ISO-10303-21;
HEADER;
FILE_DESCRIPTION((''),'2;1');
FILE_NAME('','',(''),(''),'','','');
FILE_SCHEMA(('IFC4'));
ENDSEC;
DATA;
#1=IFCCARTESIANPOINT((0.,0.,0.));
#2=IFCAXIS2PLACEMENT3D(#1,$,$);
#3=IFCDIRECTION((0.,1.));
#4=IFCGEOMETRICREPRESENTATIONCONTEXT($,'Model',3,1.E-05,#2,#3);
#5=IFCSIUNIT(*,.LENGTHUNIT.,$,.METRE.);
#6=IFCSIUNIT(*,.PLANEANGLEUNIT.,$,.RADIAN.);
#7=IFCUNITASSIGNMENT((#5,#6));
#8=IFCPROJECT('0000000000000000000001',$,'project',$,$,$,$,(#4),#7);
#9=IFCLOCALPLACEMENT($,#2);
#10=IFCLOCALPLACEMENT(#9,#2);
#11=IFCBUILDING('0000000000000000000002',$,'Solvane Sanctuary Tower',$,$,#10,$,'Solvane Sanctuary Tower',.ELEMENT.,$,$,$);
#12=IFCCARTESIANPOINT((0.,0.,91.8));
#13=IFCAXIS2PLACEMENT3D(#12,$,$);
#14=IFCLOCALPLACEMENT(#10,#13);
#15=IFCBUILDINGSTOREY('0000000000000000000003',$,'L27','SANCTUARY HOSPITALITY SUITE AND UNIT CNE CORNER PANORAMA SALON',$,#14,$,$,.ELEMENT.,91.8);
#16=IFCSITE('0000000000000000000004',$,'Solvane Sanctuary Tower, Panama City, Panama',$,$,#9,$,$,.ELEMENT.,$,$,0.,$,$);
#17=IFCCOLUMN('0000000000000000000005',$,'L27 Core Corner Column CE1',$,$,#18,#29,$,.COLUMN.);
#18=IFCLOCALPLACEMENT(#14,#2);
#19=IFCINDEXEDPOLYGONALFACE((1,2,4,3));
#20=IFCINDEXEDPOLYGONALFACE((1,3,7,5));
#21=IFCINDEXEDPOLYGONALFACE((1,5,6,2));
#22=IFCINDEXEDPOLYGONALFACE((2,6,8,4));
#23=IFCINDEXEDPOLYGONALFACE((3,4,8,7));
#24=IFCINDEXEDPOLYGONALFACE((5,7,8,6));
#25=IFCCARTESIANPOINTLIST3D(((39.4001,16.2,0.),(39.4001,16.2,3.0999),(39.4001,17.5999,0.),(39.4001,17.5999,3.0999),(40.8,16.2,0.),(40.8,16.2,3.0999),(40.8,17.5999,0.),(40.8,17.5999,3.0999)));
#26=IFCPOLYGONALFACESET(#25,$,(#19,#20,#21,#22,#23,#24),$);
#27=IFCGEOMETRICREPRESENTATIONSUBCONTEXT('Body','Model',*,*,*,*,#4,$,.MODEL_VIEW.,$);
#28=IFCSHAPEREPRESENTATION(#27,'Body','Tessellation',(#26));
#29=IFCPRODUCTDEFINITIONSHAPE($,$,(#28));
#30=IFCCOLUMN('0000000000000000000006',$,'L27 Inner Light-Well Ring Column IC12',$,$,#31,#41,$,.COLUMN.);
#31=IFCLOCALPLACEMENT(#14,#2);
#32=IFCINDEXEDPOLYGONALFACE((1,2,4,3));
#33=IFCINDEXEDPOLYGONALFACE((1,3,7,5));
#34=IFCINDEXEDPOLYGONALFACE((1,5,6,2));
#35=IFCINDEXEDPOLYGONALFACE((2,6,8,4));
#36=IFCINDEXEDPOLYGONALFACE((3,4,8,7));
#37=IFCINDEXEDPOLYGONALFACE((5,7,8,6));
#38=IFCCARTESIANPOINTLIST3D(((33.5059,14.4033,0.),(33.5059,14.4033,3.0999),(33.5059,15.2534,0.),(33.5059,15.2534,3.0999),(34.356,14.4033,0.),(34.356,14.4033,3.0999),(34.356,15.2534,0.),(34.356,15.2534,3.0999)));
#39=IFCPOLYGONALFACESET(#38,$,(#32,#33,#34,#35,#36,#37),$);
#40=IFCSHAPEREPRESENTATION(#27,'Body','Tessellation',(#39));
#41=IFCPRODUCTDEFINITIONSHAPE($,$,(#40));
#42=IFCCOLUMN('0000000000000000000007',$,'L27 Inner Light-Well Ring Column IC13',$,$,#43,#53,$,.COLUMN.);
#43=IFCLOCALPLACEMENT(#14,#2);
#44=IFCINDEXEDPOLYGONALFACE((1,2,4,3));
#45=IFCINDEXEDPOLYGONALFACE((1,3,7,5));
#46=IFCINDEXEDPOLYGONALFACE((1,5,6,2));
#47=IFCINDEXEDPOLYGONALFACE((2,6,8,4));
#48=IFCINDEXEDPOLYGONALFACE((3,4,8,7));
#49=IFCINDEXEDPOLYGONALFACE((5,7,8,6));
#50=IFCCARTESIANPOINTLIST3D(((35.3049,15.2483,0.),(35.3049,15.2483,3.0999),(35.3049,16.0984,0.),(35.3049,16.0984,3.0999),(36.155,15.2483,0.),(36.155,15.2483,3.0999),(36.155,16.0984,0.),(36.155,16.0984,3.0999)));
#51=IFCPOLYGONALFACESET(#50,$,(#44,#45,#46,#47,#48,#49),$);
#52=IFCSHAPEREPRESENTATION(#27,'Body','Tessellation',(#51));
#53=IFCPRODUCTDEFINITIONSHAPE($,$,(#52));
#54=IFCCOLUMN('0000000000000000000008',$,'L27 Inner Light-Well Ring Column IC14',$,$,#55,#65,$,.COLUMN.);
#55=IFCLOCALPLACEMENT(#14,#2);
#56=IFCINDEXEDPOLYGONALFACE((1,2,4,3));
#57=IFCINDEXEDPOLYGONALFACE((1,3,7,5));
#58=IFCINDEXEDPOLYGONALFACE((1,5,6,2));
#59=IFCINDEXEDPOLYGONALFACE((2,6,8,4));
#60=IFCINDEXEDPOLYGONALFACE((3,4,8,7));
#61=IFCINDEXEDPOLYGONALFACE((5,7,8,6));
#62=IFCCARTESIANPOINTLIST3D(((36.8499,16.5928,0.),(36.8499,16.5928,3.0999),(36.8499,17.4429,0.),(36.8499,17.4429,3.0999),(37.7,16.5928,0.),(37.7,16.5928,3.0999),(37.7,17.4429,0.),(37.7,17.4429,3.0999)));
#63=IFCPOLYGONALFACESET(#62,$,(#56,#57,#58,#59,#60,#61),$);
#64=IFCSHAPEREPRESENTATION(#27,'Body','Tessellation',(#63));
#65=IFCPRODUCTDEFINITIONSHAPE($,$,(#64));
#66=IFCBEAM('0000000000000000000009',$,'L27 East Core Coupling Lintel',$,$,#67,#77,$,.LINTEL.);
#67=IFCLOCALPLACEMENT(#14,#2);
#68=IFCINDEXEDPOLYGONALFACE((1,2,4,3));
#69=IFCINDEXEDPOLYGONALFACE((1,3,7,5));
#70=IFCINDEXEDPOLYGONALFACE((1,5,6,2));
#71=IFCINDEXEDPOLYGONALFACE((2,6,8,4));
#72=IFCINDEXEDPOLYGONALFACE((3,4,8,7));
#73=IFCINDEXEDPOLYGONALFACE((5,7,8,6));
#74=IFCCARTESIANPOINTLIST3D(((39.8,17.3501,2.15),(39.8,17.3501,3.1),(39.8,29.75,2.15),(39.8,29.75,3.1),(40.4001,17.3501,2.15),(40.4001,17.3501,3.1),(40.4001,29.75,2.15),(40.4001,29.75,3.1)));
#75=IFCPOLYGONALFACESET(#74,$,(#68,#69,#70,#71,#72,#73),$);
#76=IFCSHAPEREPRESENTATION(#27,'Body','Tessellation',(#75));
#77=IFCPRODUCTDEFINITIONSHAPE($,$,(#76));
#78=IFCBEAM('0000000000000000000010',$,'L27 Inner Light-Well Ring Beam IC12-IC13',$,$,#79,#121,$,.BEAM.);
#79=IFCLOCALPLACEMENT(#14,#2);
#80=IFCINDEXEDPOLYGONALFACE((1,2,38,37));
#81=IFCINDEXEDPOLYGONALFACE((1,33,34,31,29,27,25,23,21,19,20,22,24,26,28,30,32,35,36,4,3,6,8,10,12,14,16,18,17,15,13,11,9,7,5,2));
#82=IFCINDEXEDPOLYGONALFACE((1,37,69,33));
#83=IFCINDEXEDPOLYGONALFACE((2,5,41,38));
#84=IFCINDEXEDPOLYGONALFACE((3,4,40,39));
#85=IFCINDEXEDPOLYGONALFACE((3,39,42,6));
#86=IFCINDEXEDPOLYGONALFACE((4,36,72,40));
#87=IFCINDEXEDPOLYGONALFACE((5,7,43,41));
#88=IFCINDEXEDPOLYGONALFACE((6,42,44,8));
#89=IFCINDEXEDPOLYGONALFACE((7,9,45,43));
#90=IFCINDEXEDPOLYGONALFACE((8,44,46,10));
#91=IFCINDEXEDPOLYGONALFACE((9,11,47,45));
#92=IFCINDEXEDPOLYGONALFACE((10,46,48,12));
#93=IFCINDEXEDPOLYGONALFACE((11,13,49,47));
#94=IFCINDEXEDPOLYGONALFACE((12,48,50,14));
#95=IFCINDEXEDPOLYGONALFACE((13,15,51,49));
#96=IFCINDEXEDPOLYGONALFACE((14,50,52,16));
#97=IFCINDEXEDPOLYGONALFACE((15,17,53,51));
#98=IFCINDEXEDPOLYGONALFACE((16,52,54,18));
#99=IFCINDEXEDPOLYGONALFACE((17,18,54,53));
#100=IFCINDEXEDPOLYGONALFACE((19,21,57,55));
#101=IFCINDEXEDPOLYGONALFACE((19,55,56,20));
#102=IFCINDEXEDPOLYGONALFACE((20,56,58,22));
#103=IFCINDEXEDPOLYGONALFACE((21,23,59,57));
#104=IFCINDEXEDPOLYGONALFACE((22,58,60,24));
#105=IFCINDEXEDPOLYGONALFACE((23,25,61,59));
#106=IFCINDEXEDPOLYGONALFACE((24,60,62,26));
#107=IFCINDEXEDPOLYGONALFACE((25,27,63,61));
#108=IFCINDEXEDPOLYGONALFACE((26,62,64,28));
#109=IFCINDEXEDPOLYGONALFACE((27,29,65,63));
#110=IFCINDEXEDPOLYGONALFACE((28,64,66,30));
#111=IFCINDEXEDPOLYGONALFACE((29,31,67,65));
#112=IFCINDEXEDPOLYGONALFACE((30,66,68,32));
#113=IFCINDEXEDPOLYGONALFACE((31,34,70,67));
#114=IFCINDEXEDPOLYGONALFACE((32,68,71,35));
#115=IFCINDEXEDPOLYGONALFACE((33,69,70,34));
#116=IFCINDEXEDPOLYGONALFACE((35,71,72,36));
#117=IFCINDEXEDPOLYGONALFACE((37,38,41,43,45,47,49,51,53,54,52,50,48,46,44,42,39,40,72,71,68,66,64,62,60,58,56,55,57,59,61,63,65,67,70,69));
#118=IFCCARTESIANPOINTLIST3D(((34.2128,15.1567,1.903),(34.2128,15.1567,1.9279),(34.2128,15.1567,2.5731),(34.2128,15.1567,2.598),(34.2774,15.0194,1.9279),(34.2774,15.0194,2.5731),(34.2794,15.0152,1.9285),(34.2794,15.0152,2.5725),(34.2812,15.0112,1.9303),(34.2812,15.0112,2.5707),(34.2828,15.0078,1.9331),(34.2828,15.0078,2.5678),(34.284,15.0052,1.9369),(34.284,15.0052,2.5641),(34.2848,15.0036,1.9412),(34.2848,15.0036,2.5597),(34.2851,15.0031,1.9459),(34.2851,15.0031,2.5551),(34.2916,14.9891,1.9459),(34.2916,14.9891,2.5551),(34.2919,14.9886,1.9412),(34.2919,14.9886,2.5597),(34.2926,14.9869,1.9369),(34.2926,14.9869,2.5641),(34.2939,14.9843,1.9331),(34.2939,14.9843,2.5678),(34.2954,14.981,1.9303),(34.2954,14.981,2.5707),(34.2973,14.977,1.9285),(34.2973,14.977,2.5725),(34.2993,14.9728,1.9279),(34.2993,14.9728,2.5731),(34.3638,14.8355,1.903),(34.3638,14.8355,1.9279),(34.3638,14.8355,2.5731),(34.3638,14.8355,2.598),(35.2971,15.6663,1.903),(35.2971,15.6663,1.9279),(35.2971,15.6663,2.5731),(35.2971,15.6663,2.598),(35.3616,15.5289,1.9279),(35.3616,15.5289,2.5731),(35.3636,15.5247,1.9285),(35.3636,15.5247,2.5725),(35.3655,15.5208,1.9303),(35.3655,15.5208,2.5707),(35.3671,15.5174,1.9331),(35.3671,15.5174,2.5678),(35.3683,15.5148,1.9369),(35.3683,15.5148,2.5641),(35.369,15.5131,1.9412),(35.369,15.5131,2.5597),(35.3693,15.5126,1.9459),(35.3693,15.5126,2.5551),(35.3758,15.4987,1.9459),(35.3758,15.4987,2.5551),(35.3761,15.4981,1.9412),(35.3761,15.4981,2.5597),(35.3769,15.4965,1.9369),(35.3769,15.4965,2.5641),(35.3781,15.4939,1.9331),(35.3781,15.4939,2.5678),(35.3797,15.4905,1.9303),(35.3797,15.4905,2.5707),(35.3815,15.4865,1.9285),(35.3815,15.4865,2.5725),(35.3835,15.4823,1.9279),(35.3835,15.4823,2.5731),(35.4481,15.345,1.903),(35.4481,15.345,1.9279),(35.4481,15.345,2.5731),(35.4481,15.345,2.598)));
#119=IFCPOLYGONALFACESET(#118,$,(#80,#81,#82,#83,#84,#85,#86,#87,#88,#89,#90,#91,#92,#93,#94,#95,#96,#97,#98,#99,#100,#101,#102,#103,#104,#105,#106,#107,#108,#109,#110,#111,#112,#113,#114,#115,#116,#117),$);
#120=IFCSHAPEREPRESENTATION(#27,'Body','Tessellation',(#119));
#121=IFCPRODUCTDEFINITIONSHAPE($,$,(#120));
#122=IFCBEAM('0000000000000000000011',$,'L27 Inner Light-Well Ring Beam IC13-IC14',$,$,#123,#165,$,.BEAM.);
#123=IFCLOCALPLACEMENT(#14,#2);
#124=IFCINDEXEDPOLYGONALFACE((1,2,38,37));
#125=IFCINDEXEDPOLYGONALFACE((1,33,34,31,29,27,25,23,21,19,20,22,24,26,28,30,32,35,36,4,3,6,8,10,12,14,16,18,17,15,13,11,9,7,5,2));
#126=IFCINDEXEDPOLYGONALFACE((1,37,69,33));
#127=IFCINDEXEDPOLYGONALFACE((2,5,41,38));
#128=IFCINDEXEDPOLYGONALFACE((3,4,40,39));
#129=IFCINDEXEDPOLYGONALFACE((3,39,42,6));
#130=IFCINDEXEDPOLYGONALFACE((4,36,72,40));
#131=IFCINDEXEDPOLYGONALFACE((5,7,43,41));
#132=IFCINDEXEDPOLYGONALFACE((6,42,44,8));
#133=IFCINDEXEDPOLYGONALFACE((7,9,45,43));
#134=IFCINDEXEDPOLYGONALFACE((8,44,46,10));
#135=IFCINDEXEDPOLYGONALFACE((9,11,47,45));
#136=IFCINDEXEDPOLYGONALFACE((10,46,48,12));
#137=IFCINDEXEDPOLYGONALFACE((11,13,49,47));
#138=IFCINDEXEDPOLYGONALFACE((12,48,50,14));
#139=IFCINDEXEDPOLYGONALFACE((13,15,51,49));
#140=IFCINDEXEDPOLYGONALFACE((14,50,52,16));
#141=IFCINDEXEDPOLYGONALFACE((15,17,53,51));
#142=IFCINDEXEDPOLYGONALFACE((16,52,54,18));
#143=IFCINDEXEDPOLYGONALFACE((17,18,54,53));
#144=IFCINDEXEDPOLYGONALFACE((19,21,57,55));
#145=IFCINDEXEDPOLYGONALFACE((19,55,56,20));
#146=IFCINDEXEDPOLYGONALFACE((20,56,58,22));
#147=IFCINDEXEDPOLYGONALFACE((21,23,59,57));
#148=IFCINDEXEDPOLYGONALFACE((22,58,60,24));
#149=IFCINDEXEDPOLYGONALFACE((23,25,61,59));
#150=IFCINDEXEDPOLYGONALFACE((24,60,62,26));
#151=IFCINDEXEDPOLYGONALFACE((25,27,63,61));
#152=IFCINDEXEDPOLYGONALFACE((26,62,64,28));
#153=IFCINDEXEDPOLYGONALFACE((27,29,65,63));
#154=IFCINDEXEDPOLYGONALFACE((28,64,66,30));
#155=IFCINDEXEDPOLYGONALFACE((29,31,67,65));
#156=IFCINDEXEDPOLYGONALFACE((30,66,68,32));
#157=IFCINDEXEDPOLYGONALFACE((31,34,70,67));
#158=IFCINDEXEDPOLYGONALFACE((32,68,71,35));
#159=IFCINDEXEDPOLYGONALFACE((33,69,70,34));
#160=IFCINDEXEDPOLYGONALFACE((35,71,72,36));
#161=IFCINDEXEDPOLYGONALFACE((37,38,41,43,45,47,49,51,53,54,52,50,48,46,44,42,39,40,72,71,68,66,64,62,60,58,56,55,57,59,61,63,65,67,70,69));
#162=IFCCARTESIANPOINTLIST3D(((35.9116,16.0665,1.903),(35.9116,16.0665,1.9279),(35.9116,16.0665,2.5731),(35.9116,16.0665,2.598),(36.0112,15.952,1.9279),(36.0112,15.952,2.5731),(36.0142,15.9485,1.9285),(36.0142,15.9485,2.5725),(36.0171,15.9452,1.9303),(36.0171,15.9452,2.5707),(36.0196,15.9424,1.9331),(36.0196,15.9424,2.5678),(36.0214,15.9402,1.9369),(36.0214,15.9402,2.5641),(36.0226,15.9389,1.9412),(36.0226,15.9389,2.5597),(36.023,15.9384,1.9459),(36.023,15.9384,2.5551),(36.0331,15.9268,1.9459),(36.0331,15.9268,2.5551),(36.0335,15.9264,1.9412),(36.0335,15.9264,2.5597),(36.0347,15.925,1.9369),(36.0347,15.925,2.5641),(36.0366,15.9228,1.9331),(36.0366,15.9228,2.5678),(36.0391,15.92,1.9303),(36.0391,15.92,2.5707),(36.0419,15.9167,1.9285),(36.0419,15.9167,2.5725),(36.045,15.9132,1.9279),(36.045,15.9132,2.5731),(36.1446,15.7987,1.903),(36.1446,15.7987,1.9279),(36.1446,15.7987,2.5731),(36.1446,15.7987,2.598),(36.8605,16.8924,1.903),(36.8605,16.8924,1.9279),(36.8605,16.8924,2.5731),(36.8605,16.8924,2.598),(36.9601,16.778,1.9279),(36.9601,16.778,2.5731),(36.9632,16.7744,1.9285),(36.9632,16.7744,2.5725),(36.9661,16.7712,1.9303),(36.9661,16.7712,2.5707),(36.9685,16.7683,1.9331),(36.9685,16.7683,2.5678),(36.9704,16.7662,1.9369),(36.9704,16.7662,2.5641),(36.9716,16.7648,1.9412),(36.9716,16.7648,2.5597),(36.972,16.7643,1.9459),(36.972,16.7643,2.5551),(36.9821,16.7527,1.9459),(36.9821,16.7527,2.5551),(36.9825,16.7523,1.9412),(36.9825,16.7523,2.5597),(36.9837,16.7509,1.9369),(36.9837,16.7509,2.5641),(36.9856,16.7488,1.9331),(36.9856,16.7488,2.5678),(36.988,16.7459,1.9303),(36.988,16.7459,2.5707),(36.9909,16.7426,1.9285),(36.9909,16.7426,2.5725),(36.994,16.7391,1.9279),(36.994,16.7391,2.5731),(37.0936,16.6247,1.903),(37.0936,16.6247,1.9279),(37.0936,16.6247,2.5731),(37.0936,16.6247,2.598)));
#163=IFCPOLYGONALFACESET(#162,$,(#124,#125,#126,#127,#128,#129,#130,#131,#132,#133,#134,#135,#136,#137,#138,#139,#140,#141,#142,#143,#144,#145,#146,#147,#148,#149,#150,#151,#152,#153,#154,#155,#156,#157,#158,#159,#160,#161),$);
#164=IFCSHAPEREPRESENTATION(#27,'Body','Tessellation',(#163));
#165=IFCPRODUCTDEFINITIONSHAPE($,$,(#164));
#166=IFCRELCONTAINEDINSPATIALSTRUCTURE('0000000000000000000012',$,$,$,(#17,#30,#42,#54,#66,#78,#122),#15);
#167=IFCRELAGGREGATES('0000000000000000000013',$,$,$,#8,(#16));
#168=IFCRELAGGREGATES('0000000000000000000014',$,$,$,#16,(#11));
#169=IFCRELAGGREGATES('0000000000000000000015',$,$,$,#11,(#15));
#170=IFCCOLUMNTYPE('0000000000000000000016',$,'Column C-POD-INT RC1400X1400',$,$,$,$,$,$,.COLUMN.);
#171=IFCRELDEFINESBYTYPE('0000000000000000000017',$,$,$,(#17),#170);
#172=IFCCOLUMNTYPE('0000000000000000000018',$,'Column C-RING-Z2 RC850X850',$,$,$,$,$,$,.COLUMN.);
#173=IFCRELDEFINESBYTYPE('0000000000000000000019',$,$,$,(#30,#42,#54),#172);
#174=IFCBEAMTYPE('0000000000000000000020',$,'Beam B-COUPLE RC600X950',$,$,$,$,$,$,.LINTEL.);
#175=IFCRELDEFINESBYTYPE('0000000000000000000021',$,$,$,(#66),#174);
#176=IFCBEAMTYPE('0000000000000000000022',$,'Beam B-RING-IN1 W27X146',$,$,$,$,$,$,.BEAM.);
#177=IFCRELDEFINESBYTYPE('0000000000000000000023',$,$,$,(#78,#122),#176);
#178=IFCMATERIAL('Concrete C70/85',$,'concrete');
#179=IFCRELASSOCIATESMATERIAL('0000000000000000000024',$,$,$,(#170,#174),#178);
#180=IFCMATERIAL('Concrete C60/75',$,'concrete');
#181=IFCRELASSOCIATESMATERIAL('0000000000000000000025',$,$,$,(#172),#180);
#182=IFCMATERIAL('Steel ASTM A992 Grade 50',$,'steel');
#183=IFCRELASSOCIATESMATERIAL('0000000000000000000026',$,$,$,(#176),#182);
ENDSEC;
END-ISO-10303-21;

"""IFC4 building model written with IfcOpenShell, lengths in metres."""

from ifc_helpers import new_model, si_unit, direction, frame, origin, origin_2d, place, context, subcontext, project, spatial, rectangle, i_section, extrude, material, material_profile, profile_set, type_object, element, save


model = new_model("IFC4")

# Units and contexts
model_context = context("Model", 3, precision=1e-05, world=origin(), true_north=direction((0.0, 1.0)))
body_context = subcontext(model_context, "Body", "Model", "MODEL_VIEW")
ifc_project = project(units=[si_unit("LENGTHUNIT", "METRE"), si_unit("PLANEANGLEUNIT", "RADIAN")], contexts=[model_context])

# Site, building, storey
site_placement = place(None, origin())
site = spatial("IfcSite", under=ifc_project, at=site_placement, Name="Solvane Sanctuary Tower, Panama City, Panama", CompositionType="ELEMENT", RefElevation=0.0)
building_placement = place(site_placement, origin())
building = spatial("IfcBuilding", under=site, at=building_placement, Name="Solvane Sanctuary Tower", LongName="Solvane Sanctuary Tower", CompositionType="ELEMENT")
storey_placement = place(building_placement, frame((0.0, 0.0, 91.8)))
storey = spatial("IfcBuildingStorey", under=building, at=storey_placement, Name="L27", Description="SANCTUARY HOSPITALITY SUITE AND UNIT CNE CORNER PANORAMA SALON", CompositionType="ELEMENT", Elevation=91.8)

# Columns
ifc_material_1 = material(Name="Concrete C70/85", Category="concrete")
ifc_material_profile_1 = material_profile(ifc_material_1, rectangle(XDim=1.3999, YDim=1.3999, at=origin_2d()), Name="RC1400X1400")
ifc_profile_set_1 = profile_set([ifc_material_profile_1], Name="Concrete C70/85")
column_type_1 = type_object("IfcColumnType", Name="Column C-POD-INT RC1400X1400", PredefinedType="COLUMN", material=ifc_profile_set_1)
column_placement = place(storey_placement, frame((40.1001, 16.8999, 0.0), z_axis=(0.0, 0.0, 1.0), x_axis=(1.0, 0.0, 0.0)))
element("IfcColumn", 1, at=column_placement, inside=storey, type_object=column_type_1, Name="L27 Core Corner Column CE1", PredefinedType="COLUMN", context=body_context, shape_type="SweptSolid", body=[
    extrude(rectangle(XDim=1.3999, YDim=1.3999, at=origin_2d()), origin(), (0.0, 0.0, 1.0), 3.0999),
])
ifc_material_2 = material(Name="Concrete C60/75", Category="concrete")
ifc_material_profile_2 = material_profile(ifc_material_2, rectangle(XDim=0.8501, YDim=0.8501, at=origin_2d()), Name="RC850X850")
ifc_profile_set_2 = profile_set([ifc_material_profile_2], Name="Concrete C60/75")
column_type_2 = type_object("IfcColumnType", Name="Column C-RING-Z2 RC850X850", PredefinedType="COLUMN", material=ifc_profile_set_2)
for number, where, z_axis, x_axis, name in (
    (2, (33.9309, 14.8284, 0.0), (0.0, 0.0, 1.0), (1.0, 0.0, 0.0), "L27 Inner Light-Well Ring Column IC12"),
    (3, (35.73, 15.6733, 0.0), (0.0, 0.0, 1.0), (1.0, 0.0, 0.0), "L27 Inner Light-Well Ring Column IC13"),
    (4, (37.2749, 17.0178, 0.0), (0.0, 0.0, 1.0), (1.0, 0.0, 0.0), "L27 Inner Light-Well Ring Column IC14"),
):
    element("IfcColumn", number, at=place(storey_placement, frame(where, z_axis=z_axis, x_axis=x_axis)), inside=storey, type_object=column_type_2, Name=name, PredefinedType="COLUMN", context=body_context, shape_type="SweptSolid", body=[
        extrude(rectangle(XDim=0.8501, YDim=0.8501, at=origin_2d()), origin(), (0.0, 0.0, 1.0), 3.0999),
    ])

# Beams
ifc_material_profile_3 = material_profile(ifc_material_1, rectangle(XDim=0.6001, YDim=0.95, at=origin_2d()), Name="RC600X950")
ifc_profile_set_3 = profile_set([ifc_material_profile_3], Name="Concrete C70/85")
beam_type_1 = type_object("IfcBeamType", Name="Beam B-COUPLE RC600X950", PredefinedType="LINTEL", material=ifc_profile_set_3)
beam_1_placement = place(storey_placement, frame((40.1001, 17.3501, 2.625), z_axis=(0.0, 1.0, 0.0), x_axis=(-1.0, 0.0, 0.0)))
element("IfcBeam", 5, at=beam_1_placement, inside=storey, type_object=beam_type_1, Name="L27 East Core Coupling Lintel", PredefinedType="LINTEL", context=body_context, shape_type="SweptSolid", body=[
    extrude(rectangle(XDim=0.6001, YDim=0.95, at=origin_2d()), origin(), (0.0, 0.0, 1.0), 12.3999),
])
ifc_material_3 = material(Name="Steel ASTM A992 Grade 50", Category="steel")
ifc_material_profile_4 = material_profile(ifc_material_3, i_section(OverallWidth=0.355, OverallDepth=0.6951, WebThickness=0.0154, FlangeThickness=0.0249, FilletRadius=0.0181, at=origin_2d()), Name="W27X146")
ifc_profile_set_4 = profile_set([ifc_material_profile_4], Name="Steel ASTM A992 Grade 50")
beam_type_2 = type_object("IfcBeamType", Name="Beam B-RING-IN1 W27X146", PredefinedType="BEAM", material=ifc_profile_set_4)
beam_2_placement = place(storey_placement, frame((34.2883, 14.9961, 2.2505), z_axis=(0.905045, 0.425316, 0.0), x_axis=(-0.425316, 0.905045, 0.0)))
element("IfcBeam", 6, at=beam_2_placement, inside=storey, type_object=beam_type_2, Name="L27 Inner Light-Well Ring Beam IC12-IC13", PredefinedType="BEAM", context=body_context, shape_type="SweptSolid", body=[
    extrude(i_section(OverallWidth=0.355, OverallDepth=0.6951, WebThickness=0.0154, FlangeThickness=0.0249, FilletRadius=0.0181, at=origin_2d()), origin(), (0.0, 0.0, 1.0), 1.198),
])
beam_3_placement = place(storey_placement, frame((36.0281, 15.9326, 2.2505), z_axis=(0.754317, 0.65651, 0.0), x_axis=(-0.65651, 0.754317, 0.0)))
element("IfcBeam", 7, at=beam_3_placement, inside=storey, type_object=beam_type_2, Name="L27 Inner Light-Well Ring Beam IC13-IC14", PredefinedType="BEAM", context=body_context, shape_type="SweptSolid", body=[
    extrude(i_section(OverallWidth=0.355, OverallDepth=0.6951, WebThickness=0.0154, FlangeThickness=0.0249, FilletRadius=0.0181, at=origin_2d()), origin(), (0.0, 0.0, 1.0), 1.2581),
])

save(model, "model.ifc")
